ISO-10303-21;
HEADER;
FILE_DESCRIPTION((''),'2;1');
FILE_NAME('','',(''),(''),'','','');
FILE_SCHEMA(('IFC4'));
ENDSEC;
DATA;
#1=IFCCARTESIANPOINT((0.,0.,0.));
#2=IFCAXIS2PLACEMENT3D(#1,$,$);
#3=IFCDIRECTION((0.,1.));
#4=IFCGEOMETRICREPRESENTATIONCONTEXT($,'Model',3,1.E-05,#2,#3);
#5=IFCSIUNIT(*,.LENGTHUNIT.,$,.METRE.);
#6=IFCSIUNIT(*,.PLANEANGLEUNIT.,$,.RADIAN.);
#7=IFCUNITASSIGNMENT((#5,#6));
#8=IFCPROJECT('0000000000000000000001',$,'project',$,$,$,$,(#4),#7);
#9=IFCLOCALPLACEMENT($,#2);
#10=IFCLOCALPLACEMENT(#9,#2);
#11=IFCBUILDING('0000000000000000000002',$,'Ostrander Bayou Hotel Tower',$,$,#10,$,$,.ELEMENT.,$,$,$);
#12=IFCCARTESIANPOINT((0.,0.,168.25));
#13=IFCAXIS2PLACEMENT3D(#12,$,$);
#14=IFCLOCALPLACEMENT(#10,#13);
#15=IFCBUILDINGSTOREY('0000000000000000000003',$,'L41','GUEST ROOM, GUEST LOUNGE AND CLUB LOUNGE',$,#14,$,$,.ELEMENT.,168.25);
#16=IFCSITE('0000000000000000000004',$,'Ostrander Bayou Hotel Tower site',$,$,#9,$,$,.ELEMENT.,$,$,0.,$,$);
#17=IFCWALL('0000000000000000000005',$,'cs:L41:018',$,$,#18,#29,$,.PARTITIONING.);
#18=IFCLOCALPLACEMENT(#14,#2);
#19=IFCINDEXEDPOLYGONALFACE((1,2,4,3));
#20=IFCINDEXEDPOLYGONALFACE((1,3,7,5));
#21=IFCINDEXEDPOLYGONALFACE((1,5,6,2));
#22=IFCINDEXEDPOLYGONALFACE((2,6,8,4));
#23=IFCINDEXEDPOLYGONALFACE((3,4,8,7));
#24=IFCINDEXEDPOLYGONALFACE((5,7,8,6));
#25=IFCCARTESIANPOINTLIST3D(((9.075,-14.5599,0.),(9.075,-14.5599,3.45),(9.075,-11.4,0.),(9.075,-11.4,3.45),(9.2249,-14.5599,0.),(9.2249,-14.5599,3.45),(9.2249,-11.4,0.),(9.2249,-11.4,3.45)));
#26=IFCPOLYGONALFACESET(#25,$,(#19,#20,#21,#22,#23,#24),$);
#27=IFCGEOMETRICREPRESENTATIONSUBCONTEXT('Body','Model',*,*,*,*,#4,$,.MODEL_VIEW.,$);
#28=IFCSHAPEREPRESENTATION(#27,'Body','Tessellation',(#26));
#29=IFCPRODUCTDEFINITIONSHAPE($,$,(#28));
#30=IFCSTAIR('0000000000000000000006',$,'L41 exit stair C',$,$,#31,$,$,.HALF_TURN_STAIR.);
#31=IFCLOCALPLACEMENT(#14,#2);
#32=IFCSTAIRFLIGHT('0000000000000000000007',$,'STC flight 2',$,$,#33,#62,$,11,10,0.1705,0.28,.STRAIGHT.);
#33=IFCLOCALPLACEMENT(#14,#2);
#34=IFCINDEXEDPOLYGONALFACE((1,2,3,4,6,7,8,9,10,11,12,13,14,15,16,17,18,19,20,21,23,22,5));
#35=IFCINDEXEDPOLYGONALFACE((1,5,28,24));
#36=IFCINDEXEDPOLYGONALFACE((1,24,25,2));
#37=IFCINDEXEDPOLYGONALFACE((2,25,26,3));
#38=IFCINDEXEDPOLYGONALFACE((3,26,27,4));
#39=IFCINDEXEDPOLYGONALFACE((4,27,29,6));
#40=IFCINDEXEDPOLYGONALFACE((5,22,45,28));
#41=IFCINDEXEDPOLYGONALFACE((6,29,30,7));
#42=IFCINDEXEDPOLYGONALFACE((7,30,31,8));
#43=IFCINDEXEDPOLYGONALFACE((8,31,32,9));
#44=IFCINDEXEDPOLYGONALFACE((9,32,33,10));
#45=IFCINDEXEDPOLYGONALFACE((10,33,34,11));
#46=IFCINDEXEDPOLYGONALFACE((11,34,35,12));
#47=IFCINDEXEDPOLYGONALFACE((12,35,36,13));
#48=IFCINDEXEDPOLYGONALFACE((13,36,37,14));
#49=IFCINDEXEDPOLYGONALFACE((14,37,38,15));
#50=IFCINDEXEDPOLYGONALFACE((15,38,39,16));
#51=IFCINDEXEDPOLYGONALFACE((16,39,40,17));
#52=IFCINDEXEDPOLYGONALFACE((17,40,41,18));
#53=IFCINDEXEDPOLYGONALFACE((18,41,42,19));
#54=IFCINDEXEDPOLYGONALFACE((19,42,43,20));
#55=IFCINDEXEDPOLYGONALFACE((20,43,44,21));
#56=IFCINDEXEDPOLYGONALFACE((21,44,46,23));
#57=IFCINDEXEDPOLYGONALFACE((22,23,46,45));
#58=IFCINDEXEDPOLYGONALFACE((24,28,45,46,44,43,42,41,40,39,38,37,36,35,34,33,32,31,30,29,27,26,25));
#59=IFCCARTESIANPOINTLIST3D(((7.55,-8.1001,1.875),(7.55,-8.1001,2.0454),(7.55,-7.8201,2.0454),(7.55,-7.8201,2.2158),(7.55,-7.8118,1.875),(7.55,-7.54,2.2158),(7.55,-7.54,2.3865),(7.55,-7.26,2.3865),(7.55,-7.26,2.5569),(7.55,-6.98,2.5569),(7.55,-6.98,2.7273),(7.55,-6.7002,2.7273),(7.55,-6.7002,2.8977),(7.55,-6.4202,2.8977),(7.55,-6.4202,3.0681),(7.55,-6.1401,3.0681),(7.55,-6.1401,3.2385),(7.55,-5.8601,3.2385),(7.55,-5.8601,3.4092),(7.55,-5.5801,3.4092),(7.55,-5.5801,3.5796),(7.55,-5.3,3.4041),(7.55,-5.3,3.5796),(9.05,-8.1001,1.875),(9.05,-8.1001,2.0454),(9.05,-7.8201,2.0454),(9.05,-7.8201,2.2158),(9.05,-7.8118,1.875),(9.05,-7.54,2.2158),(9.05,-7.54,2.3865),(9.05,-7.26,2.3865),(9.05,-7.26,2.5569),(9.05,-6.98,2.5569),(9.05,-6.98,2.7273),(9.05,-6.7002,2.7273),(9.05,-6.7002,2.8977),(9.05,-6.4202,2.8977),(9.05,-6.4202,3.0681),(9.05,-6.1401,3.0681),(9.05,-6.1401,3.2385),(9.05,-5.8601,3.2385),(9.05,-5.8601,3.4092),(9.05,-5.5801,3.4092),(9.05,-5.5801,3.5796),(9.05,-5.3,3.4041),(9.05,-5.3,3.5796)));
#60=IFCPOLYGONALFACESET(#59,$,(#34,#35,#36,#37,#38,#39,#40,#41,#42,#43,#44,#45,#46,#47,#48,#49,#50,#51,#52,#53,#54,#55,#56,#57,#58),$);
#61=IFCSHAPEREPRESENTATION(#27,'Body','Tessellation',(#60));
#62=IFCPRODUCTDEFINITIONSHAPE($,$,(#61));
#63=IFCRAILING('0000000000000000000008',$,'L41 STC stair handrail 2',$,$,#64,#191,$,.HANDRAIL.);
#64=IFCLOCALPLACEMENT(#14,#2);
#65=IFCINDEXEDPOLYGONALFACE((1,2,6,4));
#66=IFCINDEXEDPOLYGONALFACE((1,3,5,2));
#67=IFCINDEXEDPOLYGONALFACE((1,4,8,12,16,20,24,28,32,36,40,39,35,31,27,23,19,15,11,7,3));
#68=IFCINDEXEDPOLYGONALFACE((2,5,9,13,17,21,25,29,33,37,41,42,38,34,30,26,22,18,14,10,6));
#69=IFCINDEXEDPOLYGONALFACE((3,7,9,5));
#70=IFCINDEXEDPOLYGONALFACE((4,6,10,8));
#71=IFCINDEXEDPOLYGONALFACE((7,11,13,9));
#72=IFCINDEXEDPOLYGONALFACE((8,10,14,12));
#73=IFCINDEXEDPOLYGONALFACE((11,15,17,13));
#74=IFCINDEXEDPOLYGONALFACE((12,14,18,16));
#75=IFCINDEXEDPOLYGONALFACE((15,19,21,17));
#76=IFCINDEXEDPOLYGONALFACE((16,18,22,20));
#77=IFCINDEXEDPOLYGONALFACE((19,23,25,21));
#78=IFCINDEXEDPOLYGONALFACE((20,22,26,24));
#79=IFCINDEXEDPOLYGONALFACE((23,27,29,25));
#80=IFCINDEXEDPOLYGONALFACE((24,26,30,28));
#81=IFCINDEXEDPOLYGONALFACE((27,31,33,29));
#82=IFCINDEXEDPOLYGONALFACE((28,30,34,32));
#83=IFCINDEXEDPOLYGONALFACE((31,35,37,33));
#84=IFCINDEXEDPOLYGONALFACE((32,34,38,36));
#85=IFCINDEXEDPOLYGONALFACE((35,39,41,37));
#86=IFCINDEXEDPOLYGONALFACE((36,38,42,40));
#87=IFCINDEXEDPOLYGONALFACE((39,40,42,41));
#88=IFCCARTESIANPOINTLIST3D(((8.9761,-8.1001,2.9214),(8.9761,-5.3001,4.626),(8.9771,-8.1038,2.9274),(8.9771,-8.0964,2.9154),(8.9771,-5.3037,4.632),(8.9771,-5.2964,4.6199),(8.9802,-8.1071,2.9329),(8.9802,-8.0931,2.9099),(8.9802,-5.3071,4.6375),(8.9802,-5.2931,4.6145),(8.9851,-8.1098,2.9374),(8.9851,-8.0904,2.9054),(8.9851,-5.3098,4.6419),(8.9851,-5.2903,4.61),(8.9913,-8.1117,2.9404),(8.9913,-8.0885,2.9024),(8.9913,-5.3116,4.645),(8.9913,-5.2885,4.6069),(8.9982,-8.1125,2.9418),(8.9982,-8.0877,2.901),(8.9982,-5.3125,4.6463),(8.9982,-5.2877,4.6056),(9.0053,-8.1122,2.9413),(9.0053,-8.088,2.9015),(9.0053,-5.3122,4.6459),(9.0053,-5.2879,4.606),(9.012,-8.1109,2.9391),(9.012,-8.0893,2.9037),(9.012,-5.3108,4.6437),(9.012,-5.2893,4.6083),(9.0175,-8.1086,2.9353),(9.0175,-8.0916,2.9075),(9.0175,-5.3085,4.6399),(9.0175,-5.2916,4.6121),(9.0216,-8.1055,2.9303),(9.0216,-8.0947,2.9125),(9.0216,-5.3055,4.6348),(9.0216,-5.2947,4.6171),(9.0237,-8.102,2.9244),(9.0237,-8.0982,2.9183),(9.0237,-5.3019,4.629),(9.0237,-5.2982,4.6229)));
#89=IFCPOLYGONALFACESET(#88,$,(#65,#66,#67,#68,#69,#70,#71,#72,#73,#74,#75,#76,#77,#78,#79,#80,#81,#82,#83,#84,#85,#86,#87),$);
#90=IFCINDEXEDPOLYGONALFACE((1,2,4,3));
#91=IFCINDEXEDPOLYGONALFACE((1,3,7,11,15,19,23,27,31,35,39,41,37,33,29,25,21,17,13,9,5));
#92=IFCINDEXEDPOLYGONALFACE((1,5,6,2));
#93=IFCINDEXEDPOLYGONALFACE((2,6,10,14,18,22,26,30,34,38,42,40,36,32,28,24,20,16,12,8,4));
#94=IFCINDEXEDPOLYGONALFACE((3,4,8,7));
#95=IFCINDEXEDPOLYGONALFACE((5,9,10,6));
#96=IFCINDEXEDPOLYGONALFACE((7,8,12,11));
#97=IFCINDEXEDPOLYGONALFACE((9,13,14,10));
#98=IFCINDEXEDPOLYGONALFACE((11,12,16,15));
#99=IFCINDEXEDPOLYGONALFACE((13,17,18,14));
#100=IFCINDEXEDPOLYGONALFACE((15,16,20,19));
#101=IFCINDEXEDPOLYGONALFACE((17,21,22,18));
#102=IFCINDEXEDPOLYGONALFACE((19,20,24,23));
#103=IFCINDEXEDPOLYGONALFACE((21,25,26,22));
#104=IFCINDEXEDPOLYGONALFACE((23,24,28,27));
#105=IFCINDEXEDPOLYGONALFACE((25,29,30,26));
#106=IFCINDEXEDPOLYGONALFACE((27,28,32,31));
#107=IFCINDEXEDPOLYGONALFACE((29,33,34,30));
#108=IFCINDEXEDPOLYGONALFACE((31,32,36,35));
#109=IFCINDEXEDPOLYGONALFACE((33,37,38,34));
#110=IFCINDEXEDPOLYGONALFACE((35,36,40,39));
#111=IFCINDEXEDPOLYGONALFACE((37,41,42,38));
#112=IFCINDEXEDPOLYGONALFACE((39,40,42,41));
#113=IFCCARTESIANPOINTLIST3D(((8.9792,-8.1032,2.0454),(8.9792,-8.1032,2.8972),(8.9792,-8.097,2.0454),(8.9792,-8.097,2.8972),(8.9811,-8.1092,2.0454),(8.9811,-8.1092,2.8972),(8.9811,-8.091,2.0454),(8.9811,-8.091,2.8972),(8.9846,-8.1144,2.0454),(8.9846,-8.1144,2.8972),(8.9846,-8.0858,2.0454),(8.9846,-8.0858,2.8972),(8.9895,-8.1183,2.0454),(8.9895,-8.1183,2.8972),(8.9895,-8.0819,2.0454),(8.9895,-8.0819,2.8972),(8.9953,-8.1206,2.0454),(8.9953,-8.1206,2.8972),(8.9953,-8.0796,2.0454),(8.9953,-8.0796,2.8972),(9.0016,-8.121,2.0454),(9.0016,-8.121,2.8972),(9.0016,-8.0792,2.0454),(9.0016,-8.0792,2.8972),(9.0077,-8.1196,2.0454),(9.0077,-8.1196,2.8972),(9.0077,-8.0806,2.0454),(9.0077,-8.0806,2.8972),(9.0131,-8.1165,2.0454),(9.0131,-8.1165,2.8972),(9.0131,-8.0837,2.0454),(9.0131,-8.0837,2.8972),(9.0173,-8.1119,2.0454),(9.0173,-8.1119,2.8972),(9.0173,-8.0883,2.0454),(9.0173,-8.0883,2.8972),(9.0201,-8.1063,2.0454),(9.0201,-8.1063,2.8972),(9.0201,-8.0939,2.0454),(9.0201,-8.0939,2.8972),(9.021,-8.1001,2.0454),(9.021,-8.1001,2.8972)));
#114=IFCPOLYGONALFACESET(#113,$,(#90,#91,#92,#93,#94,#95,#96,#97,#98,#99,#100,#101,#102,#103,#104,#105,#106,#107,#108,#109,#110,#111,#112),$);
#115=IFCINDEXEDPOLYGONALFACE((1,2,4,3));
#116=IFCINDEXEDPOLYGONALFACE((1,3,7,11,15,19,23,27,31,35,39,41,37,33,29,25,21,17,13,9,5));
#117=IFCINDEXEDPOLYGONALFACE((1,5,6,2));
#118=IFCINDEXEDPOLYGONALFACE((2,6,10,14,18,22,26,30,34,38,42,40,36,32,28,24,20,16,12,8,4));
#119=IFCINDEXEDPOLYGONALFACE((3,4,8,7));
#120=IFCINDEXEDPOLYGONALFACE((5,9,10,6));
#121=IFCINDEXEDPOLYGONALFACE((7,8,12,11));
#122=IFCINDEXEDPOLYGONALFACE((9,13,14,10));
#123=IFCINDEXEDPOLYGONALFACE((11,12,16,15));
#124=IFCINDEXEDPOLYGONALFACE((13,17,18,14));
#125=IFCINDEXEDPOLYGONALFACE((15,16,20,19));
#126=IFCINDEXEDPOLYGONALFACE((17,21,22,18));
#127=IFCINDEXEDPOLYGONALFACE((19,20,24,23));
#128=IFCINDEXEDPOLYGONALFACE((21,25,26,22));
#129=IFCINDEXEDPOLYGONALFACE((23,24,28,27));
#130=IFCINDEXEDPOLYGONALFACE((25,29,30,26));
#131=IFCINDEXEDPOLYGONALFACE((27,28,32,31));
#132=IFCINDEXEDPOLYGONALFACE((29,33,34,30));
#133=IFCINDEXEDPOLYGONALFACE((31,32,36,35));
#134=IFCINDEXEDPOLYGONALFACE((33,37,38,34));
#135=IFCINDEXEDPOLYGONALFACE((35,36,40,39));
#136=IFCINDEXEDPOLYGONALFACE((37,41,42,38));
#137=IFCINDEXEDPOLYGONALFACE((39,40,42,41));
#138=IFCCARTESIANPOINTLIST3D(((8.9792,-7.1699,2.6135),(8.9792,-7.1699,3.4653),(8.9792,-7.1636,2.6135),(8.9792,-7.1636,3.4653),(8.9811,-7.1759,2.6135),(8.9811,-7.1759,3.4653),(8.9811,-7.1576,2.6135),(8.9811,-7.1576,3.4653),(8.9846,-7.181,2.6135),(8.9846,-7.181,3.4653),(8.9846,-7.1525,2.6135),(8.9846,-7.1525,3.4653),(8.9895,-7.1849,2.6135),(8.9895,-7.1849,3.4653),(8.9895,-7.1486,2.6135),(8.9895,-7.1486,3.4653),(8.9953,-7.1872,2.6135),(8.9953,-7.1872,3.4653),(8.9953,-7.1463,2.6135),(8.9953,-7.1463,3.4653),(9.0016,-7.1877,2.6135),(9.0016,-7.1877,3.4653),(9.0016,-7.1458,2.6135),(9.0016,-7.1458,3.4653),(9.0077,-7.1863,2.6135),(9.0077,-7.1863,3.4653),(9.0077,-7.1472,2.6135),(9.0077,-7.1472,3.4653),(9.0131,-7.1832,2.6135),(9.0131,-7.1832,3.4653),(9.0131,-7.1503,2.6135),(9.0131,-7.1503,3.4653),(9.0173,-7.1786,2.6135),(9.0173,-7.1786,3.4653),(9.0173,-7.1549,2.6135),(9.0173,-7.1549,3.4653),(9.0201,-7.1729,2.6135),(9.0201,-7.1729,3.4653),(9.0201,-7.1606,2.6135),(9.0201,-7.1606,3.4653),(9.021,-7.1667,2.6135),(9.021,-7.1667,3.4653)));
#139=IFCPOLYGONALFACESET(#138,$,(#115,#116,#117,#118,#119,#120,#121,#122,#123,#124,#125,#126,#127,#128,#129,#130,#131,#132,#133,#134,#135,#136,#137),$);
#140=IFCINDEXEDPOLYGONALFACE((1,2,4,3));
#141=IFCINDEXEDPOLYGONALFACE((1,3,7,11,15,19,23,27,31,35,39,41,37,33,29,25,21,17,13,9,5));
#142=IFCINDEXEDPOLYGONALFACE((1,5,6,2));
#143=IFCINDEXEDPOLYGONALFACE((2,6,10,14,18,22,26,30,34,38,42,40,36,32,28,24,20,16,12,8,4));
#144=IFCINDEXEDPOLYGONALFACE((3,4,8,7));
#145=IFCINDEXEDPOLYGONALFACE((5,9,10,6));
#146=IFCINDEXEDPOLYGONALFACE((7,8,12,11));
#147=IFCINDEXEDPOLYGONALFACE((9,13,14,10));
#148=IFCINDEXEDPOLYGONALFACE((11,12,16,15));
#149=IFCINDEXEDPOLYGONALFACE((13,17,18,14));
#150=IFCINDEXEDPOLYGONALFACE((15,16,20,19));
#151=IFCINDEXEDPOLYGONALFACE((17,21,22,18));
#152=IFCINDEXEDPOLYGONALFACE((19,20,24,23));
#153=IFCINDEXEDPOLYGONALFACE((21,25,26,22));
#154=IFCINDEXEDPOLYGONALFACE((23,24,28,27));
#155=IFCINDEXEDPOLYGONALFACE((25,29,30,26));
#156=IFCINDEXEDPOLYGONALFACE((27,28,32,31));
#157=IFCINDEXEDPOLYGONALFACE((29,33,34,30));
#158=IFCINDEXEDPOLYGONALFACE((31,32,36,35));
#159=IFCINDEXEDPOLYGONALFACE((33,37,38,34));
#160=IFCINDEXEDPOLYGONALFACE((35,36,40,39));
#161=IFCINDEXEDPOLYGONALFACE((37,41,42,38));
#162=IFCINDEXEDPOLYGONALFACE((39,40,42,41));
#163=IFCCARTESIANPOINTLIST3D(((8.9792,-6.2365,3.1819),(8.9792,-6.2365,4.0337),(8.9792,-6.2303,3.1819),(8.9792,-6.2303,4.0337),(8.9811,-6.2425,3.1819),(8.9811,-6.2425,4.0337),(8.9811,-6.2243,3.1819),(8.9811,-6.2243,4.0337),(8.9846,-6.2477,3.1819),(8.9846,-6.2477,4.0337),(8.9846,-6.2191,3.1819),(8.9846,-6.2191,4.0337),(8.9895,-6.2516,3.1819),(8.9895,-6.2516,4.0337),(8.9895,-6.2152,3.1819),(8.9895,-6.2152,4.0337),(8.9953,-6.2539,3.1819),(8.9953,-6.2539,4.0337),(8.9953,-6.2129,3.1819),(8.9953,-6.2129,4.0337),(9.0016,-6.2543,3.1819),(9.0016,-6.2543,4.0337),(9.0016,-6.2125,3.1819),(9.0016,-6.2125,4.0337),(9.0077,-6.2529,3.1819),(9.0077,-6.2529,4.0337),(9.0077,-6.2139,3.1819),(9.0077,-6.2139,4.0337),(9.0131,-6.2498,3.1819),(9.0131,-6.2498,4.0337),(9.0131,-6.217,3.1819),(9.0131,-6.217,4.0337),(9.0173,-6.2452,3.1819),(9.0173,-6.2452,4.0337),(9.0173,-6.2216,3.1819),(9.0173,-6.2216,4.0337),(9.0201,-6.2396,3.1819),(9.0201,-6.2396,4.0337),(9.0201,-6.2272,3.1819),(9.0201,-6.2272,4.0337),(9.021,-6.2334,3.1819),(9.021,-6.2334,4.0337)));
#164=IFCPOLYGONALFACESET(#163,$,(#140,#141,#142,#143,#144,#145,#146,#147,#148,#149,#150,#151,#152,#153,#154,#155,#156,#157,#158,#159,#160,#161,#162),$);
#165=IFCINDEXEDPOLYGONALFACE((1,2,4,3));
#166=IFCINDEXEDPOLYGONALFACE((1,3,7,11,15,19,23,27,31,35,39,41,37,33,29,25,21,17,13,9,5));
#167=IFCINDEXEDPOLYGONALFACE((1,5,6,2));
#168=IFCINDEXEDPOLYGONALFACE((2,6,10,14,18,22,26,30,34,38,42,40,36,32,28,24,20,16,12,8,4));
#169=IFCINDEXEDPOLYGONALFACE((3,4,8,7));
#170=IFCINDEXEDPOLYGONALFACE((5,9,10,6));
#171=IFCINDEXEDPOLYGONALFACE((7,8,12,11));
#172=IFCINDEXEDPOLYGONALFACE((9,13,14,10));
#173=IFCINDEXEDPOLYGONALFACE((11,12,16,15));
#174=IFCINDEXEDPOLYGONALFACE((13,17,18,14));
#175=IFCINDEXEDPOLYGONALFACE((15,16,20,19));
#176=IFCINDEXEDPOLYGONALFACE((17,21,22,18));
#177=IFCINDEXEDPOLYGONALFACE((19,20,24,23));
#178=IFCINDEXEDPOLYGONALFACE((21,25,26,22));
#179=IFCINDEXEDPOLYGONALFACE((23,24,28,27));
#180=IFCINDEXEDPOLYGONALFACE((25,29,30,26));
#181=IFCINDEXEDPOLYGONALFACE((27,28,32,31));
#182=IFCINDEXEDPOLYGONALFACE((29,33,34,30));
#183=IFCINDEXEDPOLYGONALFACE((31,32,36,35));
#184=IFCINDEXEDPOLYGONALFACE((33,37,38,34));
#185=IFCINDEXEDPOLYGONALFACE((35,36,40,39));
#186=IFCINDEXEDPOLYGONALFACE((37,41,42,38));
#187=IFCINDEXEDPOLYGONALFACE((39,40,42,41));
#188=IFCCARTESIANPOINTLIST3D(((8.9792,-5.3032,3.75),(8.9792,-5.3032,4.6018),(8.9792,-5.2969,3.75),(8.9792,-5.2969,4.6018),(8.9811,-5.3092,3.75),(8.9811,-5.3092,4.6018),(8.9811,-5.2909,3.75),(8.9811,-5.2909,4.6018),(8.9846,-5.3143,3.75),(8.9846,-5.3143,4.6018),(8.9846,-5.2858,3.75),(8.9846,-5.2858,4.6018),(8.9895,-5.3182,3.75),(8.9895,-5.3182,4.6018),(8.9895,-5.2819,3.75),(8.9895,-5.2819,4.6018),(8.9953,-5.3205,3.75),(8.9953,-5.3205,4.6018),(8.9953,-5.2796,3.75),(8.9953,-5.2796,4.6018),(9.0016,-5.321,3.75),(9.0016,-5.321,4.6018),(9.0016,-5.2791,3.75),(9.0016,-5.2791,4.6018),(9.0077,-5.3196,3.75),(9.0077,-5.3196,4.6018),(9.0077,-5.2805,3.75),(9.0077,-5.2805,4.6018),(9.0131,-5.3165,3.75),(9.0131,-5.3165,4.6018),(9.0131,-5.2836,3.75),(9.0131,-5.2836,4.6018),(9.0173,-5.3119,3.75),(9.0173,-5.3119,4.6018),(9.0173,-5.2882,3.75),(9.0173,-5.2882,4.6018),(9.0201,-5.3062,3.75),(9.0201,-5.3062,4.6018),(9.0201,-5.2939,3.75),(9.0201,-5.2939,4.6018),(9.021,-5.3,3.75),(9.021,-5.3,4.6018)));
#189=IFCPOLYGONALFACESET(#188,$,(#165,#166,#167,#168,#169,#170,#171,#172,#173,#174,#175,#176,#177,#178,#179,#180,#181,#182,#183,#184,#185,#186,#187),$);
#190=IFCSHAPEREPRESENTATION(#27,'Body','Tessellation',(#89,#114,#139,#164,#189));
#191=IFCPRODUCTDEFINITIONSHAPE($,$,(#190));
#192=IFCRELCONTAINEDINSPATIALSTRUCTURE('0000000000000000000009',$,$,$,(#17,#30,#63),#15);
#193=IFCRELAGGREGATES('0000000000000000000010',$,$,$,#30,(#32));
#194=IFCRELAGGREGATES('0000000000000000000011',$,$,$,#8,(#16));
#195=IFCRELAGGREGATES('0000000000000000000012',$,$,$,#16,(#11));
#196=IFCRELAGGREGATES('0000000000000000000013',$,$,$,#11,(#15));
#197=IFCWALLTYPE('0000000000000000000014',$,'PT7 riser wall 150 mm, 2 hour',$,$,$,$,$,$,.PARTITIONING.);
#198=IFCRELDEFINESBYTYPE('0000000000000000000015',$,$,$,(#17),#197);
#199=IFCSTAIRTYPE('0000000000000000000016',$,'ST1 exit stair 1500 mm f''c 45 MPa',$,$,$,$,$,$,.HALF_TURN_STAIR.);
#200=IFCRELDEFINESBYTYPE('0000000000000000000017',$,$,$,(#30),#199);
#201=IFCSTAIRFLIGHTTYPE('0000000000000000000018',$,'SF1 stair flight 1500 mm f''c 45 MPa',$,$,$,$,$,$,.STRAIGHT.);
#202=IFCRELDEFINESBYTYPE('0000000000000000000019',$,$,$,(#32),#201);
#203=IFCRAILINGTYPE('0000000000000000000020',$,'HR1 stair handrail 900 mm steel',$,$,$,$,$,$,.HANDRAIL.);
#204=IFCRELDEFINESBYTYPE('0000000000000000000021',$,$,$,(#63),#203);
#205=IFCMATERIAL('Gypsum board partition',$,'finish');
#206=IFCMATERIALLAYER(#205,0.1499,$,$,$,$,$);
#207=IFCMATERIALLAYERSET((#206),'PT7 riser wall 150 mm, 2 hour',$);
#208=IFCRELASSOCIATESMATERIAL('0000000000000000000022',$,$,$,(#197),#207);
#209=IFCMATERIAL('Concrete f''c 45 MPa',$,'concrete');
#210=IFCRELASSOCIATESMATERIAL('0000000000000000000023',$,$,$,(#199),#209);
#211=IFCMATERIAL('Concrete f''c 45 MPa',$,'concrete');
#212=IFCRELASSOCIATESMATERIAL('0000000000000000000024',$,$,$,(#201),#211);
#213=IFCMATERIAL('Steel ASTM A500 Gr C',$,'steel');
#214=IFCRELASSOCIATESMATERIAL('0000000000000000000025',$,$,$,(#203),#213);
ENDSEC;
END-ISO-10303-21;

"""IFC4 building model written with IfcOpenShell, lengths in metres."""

from ifc_helpers import new_model, si_unit, direction, frame, frame_2d, origin, origin_2d, place, context, subcontext, project, spatial, polyline, rectangle, circle, outline, extrude, material, layer, layer_set, type_object, element, aggregate, save


model = new_model("IFC4")

# Units and contexts
model_context = context("Model", 3, precision=1e-05, world=origin(), true_north=direction((0.0, 1.0)))
body_context = subcontext(model_context, "Body", "Model", "MODEL_VIEW")
ifc_project = project(units=[si_unit("LENGTHUNIT", "METRE"), si_unit("PLANEANGLEUNIT", "RADIAN")], contexts=[model_context])

# Site, building, storey
site_placement = place(None, origin())
site = spatial("IfcSite", under=ifc_project, at=site_placement, Name="Ostrander Bayou Hotel Tower site", CompositionType="ELEMENT", RefElevation=0.0)
building_placement = place(site_placement, origin())
building = spatial("IfcBuilding", under=site, at=building_placement, Name="Ostrander Bayou Hotel Tower", CompositionType="ELEMENT")
storey_placement = place(building_placement, frame((0.0, 0.0, 168.25)))
storey = spatial("IfcBuildingStorey", under=building, at=storey_placement, Name="L41", Description="GUEST ROOM, GUEST LOUNGE AND CLUB LOUNGE", CompositionType="ELEMENT", Elevation=168.25)

# Wall
ifc_material_1 = material(Name="Gypsum board partition", Category="finish")
ifc_layer_1 = layer(ifc_material_1, 0.1499)
ifc_layer_set_1 = layer_set([ifc_layer_1], Name="PT7 riser wall 150 mm, 2 hour")
wall_type_1 = type_object("IfcWallType", Name="PT7 riser wall 150 mm, 2 hour", PredefinedType="PARTITIONING", material=ifc_layer_set_1)
wall_1_placement = place(storey_placement, frame((9.1499, -11.3999, 0.0), z_axis=(0.0, 0.0, 1.0), x_axis=(0.0, -1.0, 0.0)))
element("IfcWall", 1, at=wall_1_placement, inside=storey, type_object=wall_type_1, Name="cs:L41:018", PredefinedType="PARTITIONING", context=body_context, shape_type="SweptSolid", body=[
    extrude(rectangle(XDim=3.1599, YDim=0.1499, at=frame_2d((1.5801, 0.0))), origin(), (0.0, 0.0, 1.0), 3.45),
])

# Stair, stair flight
ifc_material_2 = material(Name="Concrete f'c 45 MPa", Category="concrete")
stair_type = type_object("IfcStairType", Name="ST1 exit stair 1500 mm f'c 45 MPa", PredefinedType="HALF_TURN_STAIR", material=ifc_material_2)
stair_placement = place(storey_placement, origin())
stair = element("IfcStair", 2, at=stair_placement, inside=storey, type_object=stair_type, Name="L41 exit stair C", PredefinedType="HALF_TURN_STAIR")
ifc_material_3 = material(Name="Concrete f'c 45 MPa", Category="concrete")
stair_flight_type = type_object("IfcStairFlightType", Name="SF1 stair flight 1500 mm f'c 45 MPa", PredefinedType="STRAIGHT", material=ifc_material_3)
stair_flight_placement = place(storey_placement, frame((8.3, -8.1001, 1.875), z_axis=(0.0, 0.0, 1.0), x_axis=(0.0, 1.0, 0.0)))
stair_flight = element("IfcStairFlight", 3, at=stair_flight_placement, type_object=stair_flight_type, Name="STC flight 2", NumberOfRisers=11, NumberOfTreads=10, PredefinedType="STRAIGHT", RiserHeight=0.1705, TreadLength=0.28, context=body_context, shape_type="SweptSolid", body=[
    extrude(outline(polyline([(0.0, 0.0), (0.0, 0.1704), (0.28, 0.1704), (0.28, 0.3408), (0.5601, 0.3408), (0.5601, 0.5115), (0.8401, 0.5115), (0.8401, 0.6819), (1.1201, 0.6819), (1.1201, 0.8523), (1.3999, 0.8523), (1.3999, 1.0227), (1.6799, 1.0227), (1.6799, 1.1931), (1.96, 1.1931), (1.96, 1.3635), (2.24, 1.3635), (2.24, 1.5342), (2.52, 1.5342), (2.52, 1.7046), (2.8, 1.7046), (2.8, 1.875), (2.8, 1.5291), (0.2883, 0.0), (0.0, 0.0)])), frame((0.0, 0.75, 0.0), z_axis=(0.0, -1.0, 0.0), x_axis=(1.0, 0.0, 0.0)), (0.0, 0.0, 1.0), 1.5),
])
aggregate(stair, [stair_flight])

# Railing
ifc_material_4 = material(Name="Steel ASTM A500 Gr C", Category="steel")
railing_type = type_object("IfcRailingType", Name="HR1 stair handrail 900 mm steel", PredefinedType="HANDRAIL", material=ifc_material_4)
railing_placement = place(storey_placement, frame((9.0, -8.1001, 2.0454)))
element("IfcRailing", 4, at=railing_placement, inside=storey, type_object=railing_type, Name="L41 STC stair handrail 2", PredefinedType="HANDRAIL", context=body_context, shape_type="SweptSolid", body=[
    extrude(circle(Radius=0.0239, at=origin_2d()), frame((0.0, 0.0, 0.876), z_axis=(0.0, 0.85417, 0.519994), x_axis=(-1.0, 0.0, 0.0)), (0.0, 0.0, 1.0), 3.2781),
    extrude(circle(Radius=0.021, at=origin_2d()), origin(), (0.0, 0.0, 1.0), 0.8518),
    extrude(circle(Radius=0.021, at=origin_2d()), frame((0.0, 0.9333, 0.5681)), (0.0, 0.0, 1.0), 0.8518),
    extrude(circle(Radius=0.021, at=origin_2d()), frame((0.0, 1.8667, 1.1365)), (0.0, 0.0, 1.0), 0.8518),
    extrude(circle(Radius=0.021, at=origin_2d()), frame((0.0, 2.8, 1.7046)), (0.0, 0.0, 1.0), 0.8518),
])

save(model, "model.ifc")
